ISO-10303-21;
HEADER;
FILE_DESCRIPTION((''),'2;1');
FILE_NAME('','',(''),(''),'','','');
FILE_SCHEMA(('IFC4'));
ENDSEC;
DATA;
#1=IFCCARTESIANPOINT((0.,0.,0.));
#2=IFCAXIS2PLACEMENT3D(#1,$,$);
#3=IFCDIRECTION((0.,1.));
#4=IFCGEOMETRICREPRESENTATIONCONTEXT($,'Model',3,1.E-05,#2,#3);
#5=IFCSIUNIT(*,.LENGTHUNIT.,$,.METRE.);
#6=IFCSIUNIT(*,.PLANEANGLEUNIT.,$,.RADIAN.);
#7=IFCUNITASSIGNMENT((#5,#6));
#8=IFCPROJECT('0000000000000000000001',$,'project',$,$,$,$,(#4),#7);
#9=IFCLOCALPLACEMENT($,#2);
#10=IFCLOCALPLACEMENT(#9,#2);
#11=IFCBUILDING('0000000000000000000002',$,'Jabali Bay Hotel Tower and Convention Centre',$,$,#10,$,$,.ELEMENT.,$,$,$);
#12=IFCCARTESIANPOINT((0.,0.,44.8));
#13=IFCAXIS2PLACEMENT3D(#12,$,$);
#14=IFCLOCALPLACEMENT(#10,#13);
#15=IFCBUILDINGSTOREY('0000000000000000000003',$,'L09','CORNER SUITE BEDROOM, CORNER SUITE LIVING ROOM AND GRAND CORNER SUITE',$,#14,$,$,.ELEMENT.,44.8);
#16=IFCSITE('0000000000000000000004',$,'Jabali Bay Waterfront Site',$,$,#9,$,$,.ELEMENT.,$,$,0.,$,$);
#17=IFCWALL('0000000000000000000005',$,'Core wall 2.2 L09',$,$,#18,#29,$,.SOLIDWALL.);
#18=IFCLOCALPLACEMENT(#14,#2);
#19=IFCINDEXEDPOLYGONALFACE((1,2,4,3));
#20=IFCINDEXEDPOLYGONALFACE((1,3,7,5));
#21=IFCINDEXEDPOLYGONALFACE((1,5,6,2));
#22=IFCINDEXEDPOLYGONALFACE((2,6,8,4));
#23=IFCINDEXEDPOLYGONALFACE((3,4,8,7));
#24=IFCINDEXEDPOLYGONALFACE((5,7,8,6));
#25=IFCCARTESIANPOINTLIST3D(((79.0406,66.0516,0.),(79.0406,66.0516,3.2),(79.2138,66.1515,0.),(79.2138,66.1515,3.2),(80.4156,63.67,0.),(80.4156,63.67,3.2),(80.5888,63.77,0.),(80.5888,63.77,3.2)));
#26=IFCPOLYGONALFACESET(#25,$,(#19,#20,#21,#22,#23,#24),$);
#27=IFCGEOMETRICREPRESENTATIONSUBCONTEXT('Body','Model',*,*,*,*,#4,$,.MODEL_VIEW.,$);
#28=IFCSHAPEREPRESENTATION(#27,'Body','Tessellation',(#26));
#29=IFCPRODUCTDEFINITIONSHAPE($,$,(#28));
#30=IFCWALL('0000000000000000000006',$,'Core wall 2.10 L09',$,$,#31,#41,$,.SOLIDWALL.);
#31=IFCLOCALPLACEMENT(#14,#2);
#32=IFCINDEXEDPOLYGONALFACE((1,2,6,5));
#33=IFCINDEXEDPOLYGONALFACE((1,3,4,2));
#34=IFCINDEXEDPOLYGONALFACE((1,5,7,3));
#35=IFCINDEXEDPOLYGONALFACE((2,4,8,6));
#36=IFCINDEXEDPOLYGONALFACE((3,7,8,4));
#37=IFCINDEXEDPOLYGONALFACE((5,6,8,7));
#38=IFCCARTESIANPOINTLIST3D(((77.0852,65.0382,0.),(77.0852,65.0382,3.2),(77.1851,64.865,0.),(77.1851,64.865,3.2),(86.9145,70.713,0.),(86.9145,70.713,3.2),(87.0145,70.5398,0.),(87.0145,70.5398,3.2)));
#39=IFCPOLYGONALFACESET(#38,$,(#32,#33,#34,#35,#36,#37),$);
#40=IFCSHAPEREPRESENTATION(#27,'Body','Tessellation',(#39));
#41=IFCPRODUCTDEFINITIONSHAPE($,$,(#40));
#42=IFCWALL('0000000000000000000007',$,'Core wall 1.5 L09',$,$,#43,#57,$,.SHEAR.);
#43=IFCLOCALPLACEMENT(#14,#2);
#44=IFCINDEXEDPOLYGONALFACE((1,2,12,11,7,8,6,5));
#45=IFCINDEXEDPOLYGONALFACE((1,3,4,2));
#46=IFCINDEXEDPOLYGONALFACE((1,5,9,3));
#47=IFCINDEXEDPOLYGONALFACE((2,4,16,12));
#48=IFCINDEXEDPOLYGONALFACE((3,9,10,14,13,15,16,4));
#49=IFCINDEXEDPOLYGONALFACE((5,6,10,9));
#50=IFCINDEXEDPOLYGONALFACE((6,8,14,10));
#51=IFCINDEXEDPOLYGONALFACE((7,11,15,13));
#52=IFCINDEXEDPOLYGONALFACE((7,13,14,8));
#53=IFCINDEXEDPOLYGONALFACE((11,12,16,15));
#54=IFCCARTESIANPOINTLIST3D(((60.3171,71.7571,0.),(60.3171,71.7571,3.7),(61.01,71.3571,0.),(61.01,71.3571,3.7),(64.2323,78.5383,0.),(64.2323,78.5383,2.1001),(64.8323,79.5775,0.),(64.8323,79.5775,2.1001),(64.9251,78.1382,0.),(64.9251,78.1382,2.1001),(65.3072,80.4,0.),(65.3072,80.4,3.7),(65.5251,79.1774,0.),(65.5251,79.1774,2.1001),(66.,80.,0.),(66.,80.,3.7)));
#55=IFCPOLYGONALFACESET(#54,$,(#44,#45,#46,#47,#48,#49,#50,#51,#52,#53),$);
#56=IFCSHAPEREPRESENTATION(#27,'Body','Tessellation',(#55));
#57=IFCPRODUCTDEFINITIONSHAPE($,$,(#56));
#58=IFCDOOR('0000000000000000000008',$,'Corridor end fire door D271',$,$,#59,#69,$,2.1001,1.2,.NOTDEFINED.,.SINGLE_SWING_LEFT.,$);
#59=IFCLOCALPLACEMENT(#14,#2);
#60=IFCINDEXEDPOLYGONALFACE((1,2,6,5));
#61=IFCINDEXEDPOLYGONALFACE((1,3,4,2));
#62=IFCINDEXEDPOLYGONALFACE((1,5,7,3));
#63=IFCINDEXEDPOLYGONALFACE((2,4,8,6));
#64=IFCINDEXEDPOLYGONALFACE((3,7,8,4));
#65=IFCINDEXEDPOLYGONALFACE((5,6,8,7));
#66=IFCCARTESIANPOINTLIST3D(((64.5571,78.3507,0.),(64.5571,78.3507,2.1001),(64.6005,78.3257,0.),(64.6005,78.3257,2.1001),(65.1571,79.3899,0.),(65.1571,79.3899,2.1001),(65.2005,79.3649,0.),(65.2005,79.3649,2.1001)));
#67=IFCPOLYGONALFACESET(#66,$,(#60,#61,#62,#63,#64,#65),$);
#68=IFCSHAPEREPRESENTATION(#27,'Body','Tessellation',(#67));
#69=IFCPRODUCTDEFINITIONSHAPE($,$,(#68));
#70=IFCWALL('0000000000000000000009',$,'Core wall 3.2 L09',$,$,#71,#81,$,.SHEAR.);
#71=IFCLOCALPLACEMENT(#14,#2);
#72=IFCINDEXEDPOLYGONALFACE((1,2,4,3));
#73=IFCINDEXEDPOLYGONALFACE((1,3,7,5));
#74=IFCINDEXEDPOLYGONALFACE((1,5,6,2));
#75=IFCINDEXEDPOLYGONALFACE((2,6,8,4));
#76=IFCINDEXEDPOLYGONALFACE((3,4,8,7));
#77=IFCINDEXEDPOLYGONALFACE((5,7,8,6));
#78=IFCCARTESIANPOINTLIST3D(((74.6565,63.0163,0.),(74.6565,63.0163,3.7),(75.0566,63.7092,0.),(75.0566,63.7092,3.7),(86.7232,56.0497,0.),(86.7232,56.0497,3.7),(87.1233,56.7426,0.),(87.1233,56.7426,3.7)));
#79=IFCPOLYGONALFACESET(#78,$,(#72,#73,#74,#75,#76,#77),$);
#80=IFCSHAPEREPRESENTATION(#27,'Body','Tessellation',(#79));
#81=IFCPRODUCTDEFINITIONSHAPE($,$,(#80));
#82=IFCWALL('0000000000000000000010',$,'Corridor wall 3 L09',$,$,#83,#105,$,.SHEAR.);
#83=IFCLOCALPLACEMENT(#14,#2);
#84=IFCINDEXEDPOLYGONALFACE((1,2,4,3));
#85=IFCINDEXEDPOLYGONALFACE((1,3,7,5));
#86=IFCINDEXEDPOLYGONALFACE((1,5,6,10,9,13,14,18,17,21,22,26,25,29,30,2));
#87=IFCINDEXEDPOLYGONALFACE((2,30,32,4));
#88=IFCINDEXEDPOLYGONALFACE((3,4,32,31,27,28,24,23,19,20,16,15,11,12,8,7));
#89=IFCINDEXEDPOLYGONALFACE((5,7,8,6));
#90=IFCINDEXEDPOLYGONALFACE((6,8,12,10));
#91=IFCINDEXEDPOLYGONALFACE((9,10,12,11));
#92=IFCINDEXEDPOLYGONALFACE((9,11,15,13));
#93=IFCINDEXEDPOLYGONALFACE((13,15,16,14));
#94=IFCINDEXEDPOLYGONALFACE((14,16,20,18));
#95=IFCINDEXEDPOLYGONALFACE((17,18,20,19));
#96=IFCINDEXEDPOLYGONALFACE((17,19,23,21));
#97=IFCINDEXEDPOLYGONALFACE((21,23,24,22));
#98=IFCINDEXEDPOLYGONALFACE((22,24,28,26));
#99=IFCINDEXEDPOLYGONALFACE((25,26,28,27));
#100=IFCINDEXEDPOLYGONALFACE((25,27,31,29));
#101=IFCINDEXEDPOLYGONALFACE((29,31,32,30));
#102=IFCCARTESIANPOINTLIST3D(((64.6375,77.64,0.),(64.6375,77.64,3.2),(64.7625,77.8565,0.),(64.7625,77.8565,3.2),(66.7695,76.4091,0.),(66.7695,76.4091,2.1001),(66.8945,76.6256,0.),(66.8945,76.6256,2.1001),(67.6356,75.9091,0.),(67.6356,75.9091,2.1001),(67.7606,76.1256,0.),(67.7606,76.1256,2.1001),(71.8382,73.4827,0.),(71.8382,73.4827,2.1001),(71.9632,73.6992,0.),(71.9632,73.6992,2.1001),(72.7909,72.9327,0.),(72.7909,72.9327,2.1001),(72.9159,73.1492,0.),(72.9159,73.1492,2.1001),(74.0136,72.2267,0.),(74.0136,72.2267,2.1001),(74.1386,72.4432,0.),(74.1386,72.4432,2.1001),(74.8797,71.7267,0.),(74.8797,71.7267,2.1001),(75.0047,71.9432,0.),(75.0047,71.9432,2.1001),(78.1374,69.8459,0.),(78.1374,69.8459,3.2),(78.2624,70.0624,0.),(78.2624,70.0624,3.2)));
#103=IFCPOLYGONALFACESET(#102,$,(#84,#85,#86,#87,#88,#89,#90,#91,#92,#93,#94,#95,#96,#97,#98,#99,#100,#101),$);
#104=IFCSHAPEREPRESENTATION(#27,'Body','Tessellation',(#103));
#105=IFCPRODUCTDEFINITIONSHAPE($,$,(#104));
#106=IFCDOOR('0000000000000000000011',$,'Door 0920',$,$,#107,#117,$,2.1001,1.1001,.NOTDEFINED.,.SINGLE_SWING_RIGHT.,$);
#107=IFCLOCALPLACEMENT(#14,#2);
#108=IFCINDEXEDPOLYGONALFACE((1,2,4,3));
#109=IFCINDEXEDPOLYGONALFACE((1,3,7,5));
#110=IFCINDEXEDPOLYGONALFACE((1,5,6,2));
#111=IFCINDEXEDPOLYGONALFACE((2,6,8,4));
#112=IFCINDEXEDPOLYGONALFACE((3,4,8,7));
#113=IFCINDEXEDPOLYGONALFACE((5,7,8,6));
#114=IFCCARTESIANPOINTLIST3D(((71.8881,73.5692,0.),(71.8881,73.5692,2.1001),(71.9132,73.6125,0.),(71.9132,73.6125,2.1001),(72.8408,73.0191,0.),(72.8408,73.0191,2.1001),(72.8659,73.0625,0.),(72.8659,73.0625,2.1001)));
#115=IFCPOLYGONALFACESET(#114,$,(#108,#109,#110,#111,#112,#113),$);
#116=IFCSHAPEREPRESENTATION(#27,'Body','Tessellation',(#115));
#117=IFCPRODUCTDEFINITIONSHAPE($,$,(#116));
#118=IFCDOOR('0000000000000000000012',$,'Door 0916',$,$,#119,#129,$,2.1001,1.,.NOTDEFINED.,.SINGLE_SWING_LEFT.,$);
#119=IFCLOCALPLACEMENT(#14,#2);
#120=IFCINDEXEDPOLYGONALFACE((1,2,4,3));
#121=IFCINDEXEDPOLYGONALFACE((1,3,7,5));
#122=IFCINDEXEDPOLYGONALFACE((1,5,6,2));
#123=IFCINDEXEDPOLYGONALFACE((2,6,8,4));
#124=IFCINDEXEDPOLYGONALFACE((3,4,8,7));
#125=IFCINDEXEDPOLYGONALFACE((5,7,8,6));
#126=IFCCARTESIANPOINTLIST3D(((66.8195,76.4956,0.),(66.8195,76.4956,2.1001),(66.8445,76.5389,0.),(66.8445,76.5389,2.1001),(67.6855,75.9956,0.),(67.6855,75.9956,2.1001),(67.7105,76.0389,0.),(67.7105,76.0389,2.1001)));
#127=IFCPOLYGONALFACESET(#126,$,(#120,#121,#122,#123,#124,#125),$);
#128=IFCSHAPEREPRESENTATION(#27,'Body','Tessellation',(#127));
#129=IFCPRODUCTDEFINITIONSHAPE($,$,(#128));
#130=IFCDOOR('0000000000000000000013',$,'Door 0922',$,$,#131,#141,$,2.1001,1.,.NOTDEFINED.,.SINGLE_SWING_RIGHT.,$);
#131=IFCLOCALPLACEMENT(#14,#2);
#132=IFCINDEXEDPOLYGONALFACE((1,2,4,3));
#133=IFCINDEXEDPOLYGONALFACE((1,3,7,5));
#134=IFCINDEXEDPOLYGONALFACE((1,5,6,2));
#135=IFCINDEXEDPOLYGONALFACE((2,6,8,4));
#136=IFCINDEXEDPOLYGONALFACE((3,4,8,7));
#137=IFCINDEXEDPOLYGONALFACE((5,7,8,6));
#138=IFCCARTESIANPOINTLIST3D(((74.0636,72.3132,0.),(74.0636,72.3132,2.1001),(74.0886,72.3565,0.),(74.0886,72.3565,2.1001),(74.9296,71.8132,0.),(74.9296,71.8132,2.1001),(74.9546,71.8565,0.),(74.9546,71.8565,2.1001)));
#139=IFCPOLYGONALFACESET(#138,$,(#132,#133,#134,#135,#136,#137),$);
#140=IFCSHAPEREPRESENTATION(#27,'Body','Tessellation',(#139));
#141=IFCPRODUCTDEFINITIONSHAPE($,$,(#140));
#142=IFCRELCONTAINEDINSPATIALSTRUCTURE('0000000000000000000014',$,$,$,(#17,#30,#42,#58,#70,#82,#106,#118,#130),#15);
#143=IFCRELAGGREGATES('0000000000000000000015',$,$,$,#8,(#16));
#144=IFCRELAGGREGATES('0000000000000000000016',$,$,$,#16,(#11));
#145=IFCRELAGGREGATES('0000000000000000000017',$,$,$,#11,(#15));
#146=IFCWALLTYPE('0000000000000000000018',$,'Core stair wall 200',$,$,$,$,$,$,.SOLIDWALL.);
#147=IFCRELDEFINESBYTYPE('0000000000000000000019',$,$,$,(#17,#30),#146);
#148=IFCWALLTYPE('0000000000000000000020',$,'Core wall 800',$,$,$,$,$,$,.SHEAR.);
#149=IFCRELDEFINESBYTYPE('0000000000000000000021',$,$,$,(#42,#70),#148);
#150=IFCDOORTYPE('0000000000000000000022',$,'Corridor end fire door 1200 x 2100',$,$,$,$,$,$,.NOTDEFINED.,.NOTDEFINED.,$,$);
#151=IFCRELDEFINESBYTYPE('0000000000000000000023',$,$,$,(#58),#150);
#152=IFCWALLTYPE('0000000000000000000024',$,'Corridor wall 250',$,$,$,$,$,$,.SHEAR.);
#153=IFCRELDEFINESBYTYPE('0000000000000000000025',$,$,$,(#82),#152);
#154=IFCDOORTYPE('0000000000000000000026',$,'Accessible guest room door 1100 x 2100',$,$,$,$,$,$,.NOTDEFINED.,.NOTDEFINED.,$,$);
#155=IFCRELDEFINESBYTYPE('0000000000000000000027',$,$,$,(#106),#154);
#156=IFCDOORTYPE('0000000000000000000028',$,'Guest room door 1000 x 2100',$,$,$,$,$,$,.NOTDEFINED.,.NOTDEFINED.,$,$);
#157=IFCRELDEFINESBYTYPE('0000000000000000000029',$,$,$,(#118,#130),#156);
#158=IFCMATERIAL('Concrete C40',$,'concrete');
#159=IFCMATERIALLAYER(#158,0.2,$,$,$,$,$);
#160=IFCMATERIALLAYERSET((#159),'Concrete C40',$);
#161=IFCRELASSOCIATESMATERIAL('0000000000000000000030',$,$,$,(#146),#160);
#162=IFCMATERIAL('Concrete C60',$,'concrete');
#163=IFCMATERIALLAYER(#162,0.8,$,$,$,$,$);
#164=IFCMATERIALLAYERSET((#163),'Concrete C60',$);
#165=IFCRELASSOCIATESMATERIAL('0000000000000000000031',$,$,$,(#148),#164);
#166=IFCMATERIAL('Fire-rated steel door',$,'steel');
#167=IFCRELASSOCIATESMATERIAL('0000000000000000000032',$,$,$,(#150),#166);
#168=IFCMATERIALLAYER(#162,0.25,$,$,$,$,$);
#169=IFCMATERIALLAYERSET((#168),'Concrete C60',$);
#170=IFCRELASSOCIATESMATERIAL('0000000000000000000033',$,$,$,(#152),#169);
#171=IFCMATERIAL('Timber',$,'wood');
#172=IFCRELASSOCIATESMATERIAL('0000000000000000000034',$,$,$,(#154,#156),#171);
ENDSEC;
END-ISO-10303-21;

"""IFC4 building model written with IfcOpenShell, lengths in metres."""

from ifc_helpers import new_model, si_unit, direction, frame, frame_2d, origin, place, context, subcontext, project, spatial, rectangle, extrude, material, layer, layer_set, type_object, element, fill, save


model = new_model("IFC4")

# Units and contexts
model_context = context("Model", 3, precision=1e-05, world=origin(), true_north=direction((0.0, 1.0)))
body_context = subcontext(model_context, "Body", "Model", "MODEL_VIEW")
ifc_project = project(units=[si_unit("LENGTHUNIT", "METRE"), si_unit("PLANEANGLEUNIT", "RADIAN")], contexts=[model_context])

# Site, building, storey
site_placement = place(None, origin())
site = spatial("IfcSite", under=ifc_project, at=site_placement, Name="Jabali Bay Waterfront Site", CompositionType="ELEMENT", RefElevation=0.0)
building_placement = place(site_placement, origin())
building = spatial("IfcBuilding", under=site, at=building_placement, Name="Jabali Bay Hotel Tower and Convention Centre", CompositionType="ELEMENT")
storey_placement = place(building_placement, frame((0.0, 0.0, 44.8)))
storey = spatial("IfcBuildingStorey", under=building, at=storey_placement, Name="L09", Description="CORNER SUITE BEDROOM, CORNER SUITE LIVING ROOM AND GRAND CORNER SUITE", CompositionType="ELEMENT", Elevation=44.8)

# Shared definitions
ifc_material_1 = material(Name="Concrete C40", Category="concrete")
ifc_material_2 = material(Name="Fire-rated steel door", Category="steel")

# Shared definitions
ifc_layer_1 = layer(ifc_material_1, 0.2)
ifc_layer_set_1 = layer_set([ifc_layer_1], Name="Concrete C40")
wall_type_1 = type_object("IfcWallType", Name="Core stair wall 200", PredefinedType="SOLIDWALL", material=ifc_layer_set_1)

# Walls
for number, where, z_axis, x_axis, name in (
    (1, (79.1272, 66.1016, 0.0), (0.0, 0.0, 1.0), (0.499997, -0.866027, 0.0), "Core wall 2.2 L09"),
):
    element("IfcWall", number, at=place(storey_placement, frame(where, z_axis=z_axis, x_axis=x_axis)), inside=storey, type_object=wall_type_1, Name=name, PredefinedType="SOLIDWALL", context=body_context, shape_type="SweptSolid", body=[
        extrude(rectangle(XDim=2.75, YDim=0.2, at=frame_2d((1.375, 0.0))), origin(), (0.0, 0.0, 1.0), 3.2),
    ])
wall_1_placement = place(storey_placement, frame((77.1353, 64.9517, 0.0), z_axis=(0.0, 0.0, 1.0), x_axis=(0.866032, 0.499989, 0.0)))
element("IfcWall", 2, at=wall_1_placement, inside=storey, type_object=wall_type_1, Name="Core wall 2.10 L09", PredefinedType="SOLIDWALL", context=body_context, shape_type="SweptSolid", body=[
    extrude(rectangle(XDim=11.3499, YDim=0.2, at=frame_2d((5.6748, 0.0))), origin(), (0.0, 0.0, 1.0), 3.2),
])

# Wall, opening, door
ifc_material_3 = material(Name="Concrete C60", Category="concrete")
ifc_layer_2 = layer(ifc_material_3, 0.8)
ifc_layer_set_2 = layer_set([ifc_layer_2], Name="Concrete C60")
wall_type_2 = type_object("IfcWallType", Name="Core wall 800", PredefinedType="SHEAR", material=ifc_layer_set_2)
wall_2_placement = place(storey_placement, frame((60.6636, 71.5571, 0.0), z_axis=(0.0, 0.0, 1.0), x_axis=(0.500004, 0.866023, 0.0)))
wall_2 = element("IfcWall", 3, at=wall_2_placement, inside=storey, type_object=wall_type_2, Name="Core wall 1.5 L09", PredefinedType="SHEAR", context=body_context, shape_type="SweptSolid", body=[
    extrude(rectangle(XDim=9.98, YDim=0.8, at=frame_2d((4.99, 0.0))), origin(), (0.0, 0.0, 1.0), 3.7),
])
opening_1_placement = place(wall_2_placement, frame((7.8301, 0.0, 0.0)))
opening_1 = element("IfcOpeningElement", 4, at=opening_1_placement, cuts=wall_2, PredefinedType="OPENING", context=body_context, shape_type="SweptSolid", body=[
    extrude(rectangle(XDim=1.2, YDim=2.1001, at=frame_2d((0.6001, 1.05))), frame((0.0, 0.4106, 0.0), z_axis=(0.0, -1.0, 0.0), x_axis=(1.0, 0.0, 0.0)), (0.0, 0.0, 1.0), 0.821),
])
door_type_1 = type_object("IfcDoorType", Name="Corridor end fire door 1200 x 2100", OperationType="NOTDEFINED", PredefinedType="NOTDEFINED", material=ifc_material_2)
door_1_placement = place(opening_1_placement, origin())
door_1 = element("IfcDoor", 5, at=door_1_placement, inside=storey, type_object=door_type_1, Name="Corridor end fire door D271", OperationType="SINGLE_SWING_LEFT", OverallHeight=2.1001, OverallWidth=1.2, PredefinedType="NOTDEFINED", context=body_context, shape_type="SweptSolid", body=[
    extrude(rectangle(XDim=1.2, YDim=2.1001, at=frame_2d((0.6001, 1.05))), frame((0.0, 0.0249, 0.0), z_axis=(0.0, -1.0, 0.0), x_axis=(1.0, 0.0, 0.0)), (0.0, 0.0, 1.0), 0.05),
])
fill(opening_1, door_1)

# Wall
wall_3_placement = place(storey_placement, frame((74.8564, 63.3628, 0.0), z_axis=(0.0, 0.0, 1.0), x_axis=(0.866029, -0.499993, 0.0)))
element("IfcWall", 6, at=wall_3_placement, inside=storey, type_object=wall_type_2, Name="Core wall 3.2 L09", PredefinedType="SHEAR", context=body_context, shape_type="SweptSolid", body=[
    extrude(rectangle(XDim=13.9333, YDim=0.8, at=frame_2d((6.9668, 0.0))), origin(), (0.0, 0.0, 1.0), 3.7),
])

# Wall, openings, doors
ifc_layer_3 = layer(ifc_material_3, 0.25)
ifc_layer_set_3 = layer_set([ifc_layer_3], Name="Concrete C60")
wall_type_3 = type_object("IfcWallType", Name="Corridor wall 250", PredefinedType="SHEAR", material=ifc_layer_set_3)
wall_4_placement = place(storey_placement, frame((64.7, 77.7483, 0.0), z_axis=(0.0, 0.0, 1.0), x_axis=(0.866026, -0.499998, 0.0)))
wall_4 = element("IfcWall", 7, at=wall_4_placement, inside=storey, type_object=wall_type_3, Name="Corridor wall 3 L09", PredefinedType="SHEAR", context=body_context, shape_type="SweptSolid", body=[
    extrude(rectangle(XDim=15.5884, YDim=0.25, at=frame_2d((7.7942, 0.0))), origin(), (0.0, 0.0, 1.0), 3.2),
])
opening_2_placement = place(wall_4_placement, frame((2.4619, 0.0, 0.0)))
opening_2 = element("IfcOpeningElement", 8, at=opening_2_placement, cuts=wall_4, PredefinedType="OPENING", context=body_context, shape_type="SweptSolid", body=[
    extrude(rectangle(XDim=1.0, YDim=2.1001, at=frame_2d((0.5, 1.05))), frame((0.0, 0.1355, 0.0), z_axis=(0.0, -1.0, 0.0), x_axis=(1.0, 0.0, 0.0)), (0.0, 0.0, 1.0), 0.271),
])
opening_3_placement = place(wall_4_placement, frame((8.3147, 0.0, 0.0)))
opening_3 = element("IfcOpeningElement", 9, at=opening_3_placement, cuts=wall_4, PredefinedType="OPENING", context=body_context, shape_type="SweptSolid", body=[
    extrude(rectangle(XDim=1.1001, YDim=2.1001, at=frame_2d((0.55, 1.05))), frame((0.0, 0.1355, 0.0), z_axis=(0.0, -1.0, 0.0), x_axis=(1.0, 0.0, 0.0)), (0.0, 0.0, 1.0), 0.271),
])
opening_4_placement = place(wall_4_placement, frame((10.8267, 0.0, 0.0)))
opening_4 = element("IfcOpeningElement", 10, at=opening_4_placement, cuts=wall_4, PredefinedType="OPENING", context=body_context, shape_type="SweptSolid", body=[
    extrude(rectangle(XDim=1.0, YDim=2.1001, at=frame_2d((0.5, 1.05))), frame((0.0, 0.1355, 0.0), z_axis=(0.0, -1.0, 0.0), x_axis=(1.0, 0.0, 0.0)), (0.0, 0.0, 1.0), 0.271),
])
ifc_material_4 = material(Name="Timber", Category="wood")
door_type_2 = type_object("IfcDoorType", Name="Accessible guest room door 1100 x 2100", OperationType="NOTDEFINED", PredefinedType="NOTDEFINED", material=ifc_material_4)
door_2_placement = place(opening_3_placement, origin())
door_2 = element("IfcDoor", 11, at=door_2_placement, inside=storey, type_object=door_type_2, Name="Door 0920", OperationType="SINGLE_SWING_RIGHT", OverallHeight=2.1001, OverallWidth=1.1001, PredefinedType="NOTDEFINED", context=body_context, shape_type="SweptSolid", body=[
    extrude(rectangle(XDim=1.1001, YDim=2.1001, at=frame_2d((0.55, 1.05))), frame((0.0, 0.0249, 0.0), z_axis=(0.0, -1.0, 0.0), x_axis=(1.0, 0.0, 0.0)), (0.0, 0.0, 1.0), 0.05),
])
fill(opening_3, door_2)
door_type_3 = type_object("IfcDoorType", Name="Guest room door 1000 x 2100", OperationType="NOTDEFINED", PredefinedType="NOTDEFINED", material=ifc_material_4)
door_3_placement = place(opening_2_placement, origin())
door_3 = element("IfcDoor", 12, at=door_3_placement, inside=storey, type_object=door_type_3, Name="Door 0916", OperationType="SINGLE_SWING_LEFT", OverallHeight=2.1001, OverallWidth=1.0, PredefinedType="NOTDEFINED", context=body_context, shape_type="SweptSolid", body=[
    extrude(rectangle(XDim=1.0, YDim=2.1001, at=frame_2d((0.5, 1.05))), frame((0.0, 0.0249, 0.0), z_axis=(0.0, -1.0, 0.0), x_axis=(1.0, 0.0, 0.0)), (0.0, 0.0, 1.0), 0.05),
])
fill(opening_2, door_3)
door_4_placement = place(opening_4_placement, origin())
door_4 = element("IfcDoor", 13, at=door_4_placement, inside=storey, type_object=door_type_3, Name="Door 0922", OperationType="SINGLE_SWING_RIGHT", OverallHeight=2.1001, OverallWidth=1.0, PredefinedType="NOTDEFINED", context=body_context, shape_type="SweptSolid", body=[
    extrude(rectangle(XDim=1.0, YDim=2.1001, at=frame_2d((0.5, 1.05))), frame((0.0, 0.0249, 0.0), z_axis=(0.0, -1.0, 0.0), x_axis=(1.0, 0.0, 0.0)), (0.0, 0.0, 1.0), 0.05),
])
fill(opening_4, door_4)

save(model, "model.ifc")
